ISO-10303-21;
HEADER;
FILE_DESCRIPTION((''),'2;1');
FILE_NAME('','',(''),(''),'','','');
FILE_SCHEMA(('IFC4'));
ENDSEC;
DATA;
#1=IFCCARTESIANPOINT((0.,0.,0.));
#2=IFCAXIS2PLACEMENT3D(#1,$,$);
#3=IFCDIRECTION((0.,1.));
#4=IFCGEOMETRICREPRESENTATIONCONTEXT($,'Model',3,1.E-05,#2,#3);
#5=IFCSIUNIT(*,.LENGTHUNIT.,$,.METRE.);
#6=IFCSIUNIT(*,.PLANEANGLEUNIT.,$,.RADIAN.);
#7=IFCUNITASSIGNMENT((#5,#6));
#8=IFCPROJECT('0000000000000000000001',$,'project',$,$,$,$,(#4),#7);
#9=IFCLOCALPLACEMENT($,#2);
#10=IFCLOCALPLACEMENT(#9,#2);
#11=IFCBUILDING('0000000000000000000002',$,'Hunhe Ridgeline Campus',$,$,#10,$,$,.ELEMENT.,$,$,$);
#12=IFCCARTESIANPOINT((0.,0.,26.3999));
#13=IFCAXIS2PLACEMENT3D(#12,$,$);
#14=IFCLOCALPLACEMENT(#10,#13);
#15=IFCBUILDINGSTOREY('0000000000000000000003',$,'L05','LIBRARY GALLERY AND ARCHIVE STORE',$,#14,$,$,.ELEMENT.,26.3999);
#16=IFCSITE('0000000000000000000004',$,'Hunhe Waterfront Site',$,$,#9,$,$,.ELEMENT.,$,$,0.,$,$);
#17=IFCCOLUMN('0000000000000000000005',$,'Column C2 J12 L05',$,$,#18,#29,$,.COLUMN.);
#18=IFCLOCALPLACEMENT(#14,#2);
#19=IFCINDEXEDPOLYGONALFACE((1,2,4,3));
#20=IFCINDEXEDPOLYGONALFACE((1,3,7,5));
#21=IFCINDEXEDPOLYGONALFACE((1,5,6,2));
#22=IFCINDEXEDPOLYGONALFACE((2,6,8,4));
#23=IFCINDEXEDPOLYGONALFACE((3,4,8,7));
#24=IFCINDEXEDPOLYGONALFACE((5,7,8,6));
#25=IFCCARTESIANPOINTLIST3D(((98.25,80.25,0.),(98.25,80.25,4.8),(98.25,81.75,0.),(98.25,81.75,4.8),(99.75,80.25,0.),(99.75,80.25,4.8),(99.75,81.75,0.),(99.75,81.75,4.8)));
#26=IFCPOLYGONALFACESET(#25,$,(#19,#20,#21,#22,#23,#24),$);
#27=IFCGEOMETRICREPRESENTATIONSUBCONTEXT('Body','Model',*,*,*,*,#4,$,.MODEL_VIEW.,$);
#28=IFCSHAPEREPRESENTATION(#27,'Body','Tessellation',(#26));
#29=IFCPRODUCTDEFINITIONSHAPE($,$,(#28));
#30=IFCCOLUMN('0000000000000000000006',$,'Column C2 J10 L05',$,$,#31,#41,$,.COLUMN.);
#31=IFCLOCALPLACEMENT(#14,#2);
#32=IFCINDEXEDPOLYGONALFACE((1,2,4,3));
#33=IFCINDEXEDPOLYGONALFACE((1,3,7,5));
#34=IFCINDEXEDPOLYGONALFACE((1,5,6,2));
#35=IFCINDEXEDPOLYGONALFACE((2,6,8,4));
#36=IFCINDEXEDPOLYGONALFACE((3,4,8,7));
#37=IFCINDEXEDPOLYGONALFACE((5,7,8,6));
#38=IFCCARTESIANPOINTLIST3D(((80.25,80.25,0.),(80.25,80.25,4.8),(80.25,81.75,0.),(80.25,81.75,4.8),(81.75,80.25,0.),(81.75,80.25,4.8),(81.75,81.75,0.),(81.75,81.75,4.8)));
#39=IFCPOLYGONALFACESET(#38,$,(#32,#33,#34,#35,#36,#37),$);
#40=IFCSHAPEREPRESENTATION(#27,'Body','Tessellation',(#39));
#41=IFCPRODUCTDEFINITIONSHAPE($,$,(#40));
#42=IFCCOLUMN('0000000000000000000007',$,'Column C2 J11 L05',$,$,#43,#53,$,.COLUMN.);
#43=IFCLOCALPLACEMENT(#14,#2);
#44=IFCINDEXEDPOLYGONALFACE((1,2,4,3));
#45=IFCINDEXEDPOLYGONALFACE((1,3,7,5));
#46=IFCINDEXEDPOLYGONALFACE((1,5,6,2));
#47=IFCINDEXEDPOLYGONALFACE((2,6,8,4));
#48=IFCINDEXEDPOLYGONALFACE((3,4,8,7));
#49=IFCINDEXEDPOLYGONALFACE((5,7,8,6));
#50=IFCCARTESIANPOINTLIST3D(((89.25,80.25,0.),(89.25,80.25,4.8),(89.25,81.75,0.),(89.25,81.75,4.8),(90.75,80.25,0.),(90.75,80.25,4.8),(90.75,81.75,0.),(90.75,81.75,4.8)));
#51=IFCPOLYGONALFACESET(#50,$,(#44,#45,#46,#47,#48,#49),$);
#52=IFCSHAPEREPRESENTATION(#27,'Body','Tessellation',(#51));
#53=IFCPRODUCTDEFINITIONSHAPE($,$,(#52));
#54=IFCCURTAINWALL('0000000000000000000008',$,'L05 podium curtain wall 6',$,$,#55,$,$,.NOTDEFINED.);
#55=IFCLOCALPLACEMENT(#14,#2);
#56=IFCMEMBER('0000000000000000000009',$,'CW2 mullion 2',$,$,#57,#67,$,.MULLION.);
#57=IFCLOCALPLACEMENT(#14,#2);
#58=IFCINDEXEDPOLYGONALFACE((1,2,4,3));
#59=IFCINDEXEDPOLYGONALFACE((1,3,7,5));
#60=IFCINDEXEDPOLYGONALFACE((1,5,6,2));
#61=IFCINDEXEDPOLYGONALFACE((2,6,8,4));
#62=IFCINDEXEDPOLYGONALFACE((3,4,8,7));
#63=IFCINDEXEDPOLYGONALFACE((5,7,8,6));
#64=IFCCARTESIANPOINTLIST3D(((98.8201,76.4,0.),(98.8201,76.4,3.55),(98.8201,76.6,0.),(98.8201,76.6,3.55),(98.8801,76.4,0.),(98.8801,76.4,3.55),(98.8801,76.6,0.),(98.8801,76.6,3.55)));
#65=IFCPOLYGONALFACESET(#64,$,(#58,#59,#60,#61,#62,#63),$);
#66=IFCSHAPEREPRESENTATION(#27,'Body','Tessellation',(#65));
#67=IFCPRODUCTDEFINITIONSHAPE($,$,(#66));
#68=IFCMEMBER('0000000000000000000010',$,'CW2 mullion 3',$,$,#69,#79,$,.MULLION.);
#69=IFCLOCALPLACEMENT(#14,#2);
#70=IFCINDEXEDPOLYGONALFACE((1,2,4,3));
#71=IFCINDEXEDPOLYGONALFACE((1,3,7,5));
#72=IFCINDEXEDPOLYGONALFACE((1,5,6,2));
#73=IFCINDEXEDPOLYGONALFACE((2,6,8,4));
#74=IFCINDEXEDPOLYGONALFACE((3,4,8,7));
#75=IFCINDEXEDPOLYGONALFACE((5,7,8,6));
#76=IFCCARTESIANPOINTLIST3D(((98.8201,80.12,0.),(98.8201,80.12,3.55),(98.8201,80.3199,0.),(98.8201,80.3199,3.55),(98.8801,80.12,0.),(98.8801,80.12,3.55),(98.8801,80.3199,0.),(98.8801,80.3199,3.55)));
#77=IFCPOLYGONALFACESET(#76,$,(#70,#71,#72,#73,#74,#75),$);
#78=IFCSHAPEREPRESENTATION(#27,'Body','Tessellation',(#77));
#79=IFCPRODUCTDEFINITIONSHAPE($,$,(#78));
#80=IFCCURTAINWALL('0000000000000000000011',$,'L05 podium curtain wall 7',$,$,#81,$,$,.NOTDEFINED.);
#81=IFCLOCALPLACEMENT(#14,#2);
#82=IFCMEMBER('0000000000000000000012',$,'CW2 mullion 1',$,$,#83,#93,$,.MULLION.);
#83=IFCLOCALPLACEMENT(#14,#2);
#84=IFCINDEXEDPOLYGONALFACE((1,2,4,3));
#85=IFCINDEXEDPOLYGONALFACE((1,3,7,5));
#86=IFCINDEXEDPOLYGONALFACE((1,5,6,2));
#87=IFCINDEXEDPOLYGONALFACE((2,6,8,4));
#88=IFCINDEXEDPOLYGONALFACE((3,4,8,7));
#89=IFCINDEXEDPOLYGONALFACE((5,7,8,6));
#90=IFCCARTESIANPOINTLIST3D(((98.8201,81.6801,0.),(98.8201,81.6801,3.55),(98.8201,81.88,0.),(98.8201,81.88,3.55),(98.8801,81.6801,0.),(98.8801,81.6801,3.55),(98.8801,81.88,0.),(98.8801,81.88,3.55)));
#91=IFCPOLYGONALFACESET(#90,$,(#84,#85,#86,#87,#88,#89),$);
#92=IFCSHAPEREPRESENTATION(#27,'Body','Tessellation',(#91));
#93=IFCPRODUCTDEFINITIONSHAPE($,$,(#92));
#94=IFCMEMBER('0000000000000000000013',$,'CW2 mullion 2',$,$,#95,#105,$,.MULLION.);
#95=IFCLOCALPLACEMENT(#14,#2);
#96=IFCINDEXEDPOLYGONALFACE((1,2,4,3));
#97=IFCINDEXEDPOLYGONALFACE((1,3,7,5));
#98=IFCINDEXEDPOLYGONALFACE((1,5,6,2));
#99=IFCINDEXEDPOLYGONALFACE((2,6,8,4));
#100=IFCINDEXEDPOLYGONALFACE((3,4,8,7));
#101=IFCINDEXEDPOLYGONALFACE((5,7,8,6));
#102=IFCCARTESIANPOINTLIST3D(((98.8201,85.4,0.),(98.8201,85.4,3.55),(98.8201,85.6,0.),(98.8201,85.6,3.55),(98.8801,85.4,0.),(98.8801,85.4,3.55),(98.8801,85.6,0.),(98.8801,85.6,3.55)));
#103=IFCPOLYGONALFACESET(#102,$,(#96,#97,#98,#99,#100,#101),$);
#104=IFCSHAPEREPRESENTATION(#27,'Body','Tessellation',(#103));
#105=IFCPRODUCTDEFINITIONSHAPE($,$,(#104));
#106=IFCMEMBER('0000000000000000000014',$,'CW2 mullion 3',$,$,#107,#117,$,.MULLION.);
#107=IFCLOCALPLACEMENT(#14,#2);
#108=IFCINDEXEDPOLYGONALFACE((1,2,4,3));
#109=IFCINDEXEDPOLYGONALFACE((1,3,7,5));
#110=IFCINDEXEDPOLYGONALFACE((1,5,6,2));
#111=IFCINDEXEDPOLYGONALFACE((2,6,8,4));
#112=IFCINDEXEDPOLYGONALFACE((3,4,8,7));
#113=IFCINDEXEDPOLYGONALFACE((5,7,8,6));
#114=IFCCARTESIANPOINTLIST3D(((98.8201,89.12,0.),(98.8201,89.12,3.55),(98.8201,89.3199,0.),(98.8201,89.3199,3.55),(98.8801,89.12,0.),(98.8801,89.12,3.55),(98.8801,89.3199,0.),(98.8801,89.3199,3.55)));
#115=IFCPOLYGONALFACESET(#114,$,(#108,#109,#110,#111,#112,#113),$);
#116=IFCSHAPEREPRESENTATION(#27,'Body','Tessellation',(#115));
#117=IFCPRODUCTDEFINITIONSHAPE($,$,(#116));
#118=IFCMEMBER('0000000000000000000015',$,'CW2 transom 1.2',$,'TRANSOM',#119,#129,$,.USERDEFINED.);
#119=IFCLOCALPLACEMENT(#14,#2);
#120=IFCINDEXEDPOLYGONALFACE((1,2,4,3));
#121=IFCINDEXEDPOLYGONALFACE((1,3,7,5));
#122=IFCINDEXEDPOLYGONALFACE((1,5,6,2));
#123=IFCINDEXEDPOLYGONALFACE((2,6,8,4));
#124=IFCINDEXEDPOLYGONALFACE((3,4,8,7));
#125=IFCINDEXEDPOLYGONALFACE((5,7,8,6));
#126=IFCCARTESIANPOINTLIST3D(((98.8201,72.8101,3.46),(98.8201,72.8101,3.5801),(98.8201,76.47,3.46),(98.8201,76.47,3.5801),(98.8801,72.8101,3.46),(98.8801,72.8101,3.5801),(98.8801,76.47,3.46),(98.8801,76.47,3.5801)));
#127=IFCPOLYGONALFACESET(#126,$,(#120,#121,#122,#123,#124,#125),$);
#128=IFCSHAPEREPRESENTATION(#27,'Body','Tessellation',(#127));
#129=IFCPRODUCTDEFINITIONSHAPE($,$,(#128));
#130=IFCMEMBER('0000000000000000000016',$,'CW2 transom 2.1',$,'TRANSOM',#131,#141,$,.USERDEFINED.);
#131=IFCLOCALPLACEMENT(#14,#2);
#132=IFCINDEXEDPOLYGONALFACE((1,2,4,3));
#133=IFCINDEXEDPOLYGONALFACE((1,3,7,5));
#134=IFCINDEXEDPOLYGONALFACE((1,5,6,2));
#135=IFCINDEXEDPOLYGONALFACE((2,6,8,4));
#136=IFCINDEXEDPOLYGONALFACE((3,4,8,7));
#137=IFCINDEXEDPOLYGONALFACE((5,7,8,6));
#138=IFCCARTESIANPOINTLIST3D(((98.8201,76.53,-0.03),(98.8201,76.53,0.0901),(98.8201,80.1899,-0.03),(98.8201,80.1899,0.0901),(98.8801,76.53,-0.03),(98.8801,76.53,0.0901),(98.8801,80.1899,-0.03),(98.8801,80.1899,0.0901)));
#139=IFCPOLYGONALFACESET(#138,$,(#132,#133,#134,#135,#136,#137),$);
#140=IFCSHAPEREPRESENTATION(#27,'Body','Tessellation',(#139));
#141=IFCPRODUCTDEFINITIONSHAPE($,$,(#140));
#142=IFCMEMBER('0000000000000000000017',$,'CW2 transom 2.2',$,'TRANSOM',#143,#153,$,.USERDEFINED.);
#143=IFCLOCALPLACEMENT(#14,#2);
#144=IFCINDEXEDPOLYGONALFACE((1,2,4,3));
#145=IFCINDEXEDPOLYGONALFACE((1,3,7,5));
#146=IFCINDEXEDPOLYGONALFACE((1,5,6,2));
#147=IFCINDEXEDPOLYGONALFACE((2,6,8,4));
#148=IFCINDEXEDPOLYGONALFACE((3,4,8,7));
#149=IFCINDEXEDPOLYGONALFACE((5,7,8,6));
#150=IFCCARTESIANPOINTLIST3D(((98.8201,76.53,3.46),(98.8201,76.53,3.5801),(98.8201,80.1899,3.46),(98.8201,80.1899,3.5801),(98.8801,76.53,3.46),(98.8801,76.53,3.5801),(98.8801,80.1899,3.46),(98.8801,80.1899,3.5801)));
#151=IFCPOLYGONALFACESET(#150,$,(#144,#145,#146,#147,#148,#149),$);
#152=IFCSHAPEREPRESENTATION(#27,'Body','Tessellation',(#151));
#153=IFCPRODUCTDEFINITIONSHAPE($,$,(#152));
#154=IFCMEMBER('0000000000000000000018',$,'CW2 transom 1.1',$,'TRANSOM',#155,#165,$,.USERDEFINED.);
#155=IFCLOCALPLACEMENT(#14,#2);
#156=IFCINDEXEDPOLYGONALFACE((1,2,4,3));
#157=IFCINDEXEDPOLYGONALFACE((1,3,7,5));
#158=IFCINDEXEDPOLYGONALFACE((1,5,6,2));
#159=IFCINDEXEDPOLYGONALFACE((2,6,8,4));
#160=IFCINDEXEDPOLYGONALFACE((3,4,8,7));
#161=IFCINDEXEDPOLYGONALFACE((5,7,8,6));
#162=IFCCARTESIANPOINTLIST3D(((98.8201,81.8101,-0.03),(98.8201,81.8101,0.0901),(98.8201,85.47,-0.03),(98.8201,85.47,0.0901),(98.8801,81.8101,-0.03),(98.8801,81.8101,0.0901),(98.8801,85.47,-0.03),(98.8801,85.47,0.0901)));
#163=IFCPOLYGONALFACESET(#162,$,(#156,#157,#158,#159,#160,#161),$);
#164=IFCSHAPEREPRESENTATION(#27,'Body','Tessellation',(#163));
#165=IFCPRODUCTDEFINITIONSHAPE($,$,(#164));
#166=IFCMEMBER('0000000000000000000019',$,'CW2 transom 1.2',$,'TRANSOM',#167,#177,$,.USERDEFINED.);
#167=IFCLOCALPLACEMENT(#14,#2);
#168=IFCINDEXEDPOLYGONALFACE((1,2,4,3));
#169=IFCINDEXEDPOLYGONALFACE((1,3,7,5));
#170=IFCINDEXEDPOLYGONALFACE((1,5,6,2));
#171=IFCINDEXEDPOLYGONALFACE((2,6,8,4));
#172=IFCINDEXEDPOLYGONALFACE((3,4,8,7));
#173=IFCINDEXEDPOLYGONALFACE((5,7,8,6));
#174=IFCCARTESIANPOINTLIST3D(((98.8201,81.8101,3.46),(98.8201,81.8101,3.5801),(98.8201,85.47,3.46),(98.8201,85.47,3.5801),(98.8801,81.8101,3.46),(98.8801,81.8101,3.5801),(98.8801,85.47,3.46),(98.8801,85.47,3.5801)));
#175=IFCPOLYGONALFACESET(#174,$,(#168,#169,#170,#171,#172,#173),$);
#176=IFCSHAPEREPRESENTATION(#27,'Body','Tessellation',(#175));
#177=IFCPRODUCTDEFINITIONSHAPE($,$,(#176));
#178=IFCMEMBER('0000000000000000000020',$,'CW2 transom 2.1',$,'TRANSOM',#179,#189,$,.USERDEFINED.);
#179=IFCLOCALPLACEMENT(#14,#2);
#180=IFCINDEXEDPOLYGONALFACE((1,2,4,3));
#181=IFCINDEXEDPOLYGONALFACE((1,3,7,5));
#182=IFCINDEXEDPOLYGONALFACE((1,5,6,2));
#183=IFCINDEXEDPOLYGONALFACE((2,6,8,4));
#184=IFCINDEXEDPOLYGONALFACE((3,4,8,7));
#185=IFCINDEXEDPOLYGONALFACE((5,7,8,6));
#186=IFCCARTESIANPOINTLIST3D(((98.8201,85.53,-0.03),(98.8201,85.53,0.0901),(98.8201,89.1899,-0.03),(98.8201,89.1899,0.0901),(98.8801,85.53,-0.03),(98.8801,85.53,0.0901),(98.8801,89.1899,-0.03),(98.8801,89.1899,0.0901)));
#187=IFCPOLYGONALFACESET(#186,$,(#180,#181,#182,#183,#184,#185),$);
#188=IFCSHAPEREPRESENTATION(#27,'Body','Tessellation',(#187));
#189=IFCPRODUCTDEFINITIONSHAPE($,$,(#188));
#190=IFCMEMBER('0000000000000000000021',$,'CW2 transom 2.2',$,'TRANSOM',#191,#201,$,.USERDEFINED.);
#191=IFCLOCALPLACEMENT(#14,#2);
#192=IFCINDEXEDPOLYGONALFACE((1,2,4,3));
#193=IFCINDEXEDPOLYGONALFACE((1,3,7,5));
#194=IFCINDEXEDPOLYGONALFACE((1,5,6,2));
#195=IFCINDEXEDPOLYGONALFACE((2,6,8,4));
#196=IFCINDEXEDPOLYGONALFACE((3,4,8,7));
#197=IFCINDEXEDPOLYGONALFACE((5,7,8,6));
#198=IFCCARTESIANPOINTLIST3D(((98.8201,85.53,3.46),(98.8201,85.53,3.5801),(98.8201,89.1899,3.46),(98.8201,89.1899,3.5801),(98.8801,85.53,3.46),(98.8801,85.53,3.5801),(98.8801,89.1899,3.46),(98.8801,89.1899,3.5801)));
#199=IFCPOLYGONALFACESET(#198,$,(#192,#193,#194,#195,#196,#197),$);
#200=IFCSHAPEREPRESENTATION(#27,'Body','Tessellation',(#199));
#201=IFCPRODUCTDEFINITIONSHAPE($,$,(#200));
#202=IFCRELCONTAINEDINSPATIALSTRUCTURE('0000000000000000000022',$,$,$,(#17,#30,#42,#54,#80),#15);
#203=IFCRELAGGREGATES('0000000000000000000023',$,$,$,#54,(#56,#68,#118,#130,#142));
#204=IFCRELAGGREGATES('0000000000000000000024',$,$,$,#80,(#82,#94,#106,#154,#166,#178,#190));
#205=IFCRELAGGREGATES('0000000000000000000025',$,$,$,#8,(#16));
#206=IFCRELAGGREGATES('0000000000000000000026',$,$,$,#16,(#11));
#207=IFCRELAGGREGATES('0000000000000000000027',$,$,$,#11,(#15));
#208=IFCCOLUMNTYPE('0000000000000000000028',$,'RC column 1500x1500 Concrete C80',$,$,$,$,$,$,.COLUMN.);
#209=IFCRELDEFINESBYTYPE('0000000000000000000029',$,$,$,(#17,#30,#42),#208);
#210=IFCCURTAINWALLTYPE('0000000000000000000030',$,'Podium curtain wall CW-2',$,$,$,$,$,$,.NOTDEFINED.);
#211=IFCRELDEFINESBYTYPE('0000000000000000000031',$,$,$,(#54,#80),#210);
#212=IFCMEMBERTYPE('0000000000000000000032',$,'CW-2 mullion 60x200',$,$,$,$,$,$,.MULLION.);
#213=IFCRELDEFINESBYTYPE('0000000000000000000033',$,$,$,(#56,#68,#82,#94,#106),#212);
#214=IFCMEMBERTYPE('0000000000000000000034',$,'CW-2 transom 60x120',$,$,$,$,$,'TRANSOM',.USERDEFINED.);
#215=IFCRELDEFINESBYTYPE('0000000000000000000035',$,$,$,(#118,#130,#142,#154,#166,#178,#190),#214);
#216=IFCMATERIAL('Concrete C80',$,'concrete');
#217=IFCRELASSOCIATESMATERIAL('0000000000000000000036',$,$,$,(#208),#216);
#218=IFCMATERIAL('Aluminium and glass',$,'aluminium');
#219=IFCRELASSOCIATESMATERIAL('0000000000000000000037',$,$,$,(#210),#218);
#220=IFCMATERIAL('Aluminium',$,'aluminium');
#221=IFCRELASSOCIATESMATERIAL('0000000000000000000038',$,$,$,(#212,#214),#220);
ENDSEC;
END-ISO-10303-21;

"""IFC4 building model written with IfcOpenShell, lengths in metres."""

from ifc_helpers import new_model, si_unit, direction, frame, origin, origin_2d, place, context, subcontext, project, spatial, rectangle, extrude, material, material_profile, profile_set, type_object, element, aggregate, save


model = new_model("IFC4")

# Units and contexts
model_context = context("Model", 3, precision=1e-05, world=origin(), true_north=direction((0.0, 1.0)))
body_context = subcontext(model_context, "Body", "Model", "MODEL_VIEW")
ifc_project = project(units=[si_unit("LENGTHUNIT", "METRE"), si_unit("PLANEANGLEUNIT", "RADIAN")], contexts=[model_context])

# Site, building, storey
site_placement = place(None, origin())
site = spatial("IfcSite", under=ifc_project, at=site_placement, Name="Hunhe Waterfront Site", CompositionType="ELEMENT", RefElevation=0.0)
building_placement = place(site_placement, origin())
building = spatial("IfcBuilding", under=site, at=building_placement, Name="Hunhe Ridgeline Campus", CompositionType="ELEMENT")
storey_placement = place(building_placement, frame((0.0, 0.0, 26.3999)))
storey = spatial("IfcBuildingStorey", under=building, at=storey_placement, Name="L05", Description="LIBRARY GALLERY AND ARCHIVE STORE", CompositionType="ELEMENT", Elevation=26.3999)

# Columns
ifc_material_1 = material(Name="Concrete C80", Category="concrete")
ifc_material_profile_1 = material_profile(ifc_material_1, rectangle(XDim=1.5, YDim=1.5, at=origin_2d()))
ifc_profile_set_1 = profile_set([ifc_material_profile_1], Name="Concrete C80")
column_type = type_object("IfcColumnType", Name="RC column 1500x1500 Concrete C80", PredefinedType="COLUMN", material=ifc_profile_set_1)
for number, where, z_axis, x_axis, name in (
    (1, (99.0, 81.0, 0.0), (0.0, 0.0, 1.0), (1.0, 0.0, 0.0), "Column C2 J12 L05"),
    (2, (81.0, 81.0, 0.0), (0.0, 0.0, 1.0), (1.0, 0.0, 0.0), "Column C2 J10 L05"),
    (3, (90.0, 81.0, 0.0), (0.0, 0.0, 1.0), (1.0, 0.0, 0.0), "Column C2 J11 L05"),
):
    element("IfcColumn", number, at=place(storey_placement, frame(where, z_axis=z_axis, x_axis=x_axis)), inside=storey, type_object=column_type, Name=name, PredefinedType="COLUMN", context=body_context, shape_type="SweptSolid", body=[
        extrude(rectangle(XDim=1.5, YDim=1.5, at=origin_2d()), origin(), (0.0, 0.0, 1.0), 4.8),
    ])

# Curtain walls, members
ifc_material_2 = material(Name="Aluminium and glass", Category="aluminium")
curtain_wall_type = type_object("IfcCurtainWallType", Name="Podium curtain wall CW-2", PredefinedType="NOTDEFINED", material=ifc_material_2)
curtain_wall_1_placement = place(storey_placement, origin())
curtain_wall_1 = element("IfcCurtainWall", 4, at=curtain_wall_1_placement, inside=storey, type_object=curtain_wall_type, Name="L05 podium curtain wall 6", PredefinedType="NOTDEFINED")
ifc_material_3 = material(Name="Aluminium", Category="aluminium")
ifc_material_profile_2 = material_profile(ifc_material_3, rectangle(XDim=0.0601, YDim=0.2, at=origin_2d()))
ifc_profile_set_2 = profile_set([ifc_material_profile_2], Name="Aluminium")
member_type_1 = type_object("IfcMemberType", Name="CW-2 mullion 60x200", PredefinedType="MULLION", material=ifc_profile_set_2)
member_1_placement = place(storey_placement, frame((98.8501, 76.5, 0.0), z_axis=(0.0, 0.0, 1.0), x_axis=(-1.0, 0.0, 0.0)))
member_1 = element("IfcMember", 5, at=member_1_placement, type_object=member_type_1, Name="CW2 mullion 2", PredefinedType="MULLION", context=body_context, shape_type="SweptSolid", body=[
    extrude(rectangle(XDim=0.0601, YDim=0.2, at=origin_2d()), origin(), (0.0, 0.0, 1.0), 3.55),
])
member_2_placement = place(storey_placement, frame((98.8501, 80.22, 0.0), z_axis=(0.0, 0.0, 1.0), x_axis=(-1.0, 0.0, 0.0)))
member_2 = element("IfcMember", 6, at=member_2_placement, type_object=member_type_1, Name="CW2 mullion 3", PredefinedType="MULLION", context=body_context, shape_type="SweptSolid", body=[
    extrude(rectangle(XDim=0.0601, YDim=0.2, at=origin_2d()), origin(), (0.0, 0.0, 1.0), 3.55),
])
curtain_wall_2_placement = place(storey_placement, origin())
curtain_wall_2 = element("IfcCurtainWall", 7, at=curtain_wall_2_placement, inside=storey, type_object=curtain_wall_type, Name="L05 podium curtain wall 7", PredefinedType="NOTDEFINED")
member_3_placement = place(storey_placement, frame((98.8501, 81.78, 0.0), z_axis=(0.0, 0.0, 1.0), x_axis=(-1.0, 0.0, 0.0)))
member_3 = element("IfcMember", 8, at=member_3_placement, type_object=member_type_1, Name="CW2 mullion 1", PredefinedType="MULLION", context=body_context, shape_type="SweptSolid", body=[
    extrude(rectangle(XDim=0.0601, YDim=0.2, at=origin_2d()), origin(), (0.0, 0.0, 1.0), 3.55),
])
member_4_placement = place(storey_placement, frame((98.8501, 85.5, 0.0), z_axis=(0.0, 0.0, 1.0), x_axis=(-1.0, 0.0, 0.0)))
member_4 = element("IfcMember", 9, at=member_4_placement, type_object=member_type_1, Name="CW2 mullion 2", PredefinedType="MULLION", context=body_context, shape_type="SweptSolid", body=[
    extrude(rectangle(XDim=0.0601, YDim=0.2, at=origin_2d()), origin(), (0.0, 0.0, 1.0), 3.55),
])
member_5_placement = place(storey_placement, frame((98.8501, 89.22, 0.0), z_axis=(0.0, 0.0, 1.0), x_axis=(-1.0, 0.0, 0.0)))
member_5 = element("IfcMember", 10, at=member_5_placement, type_object=member_type_1, Name="CW2 mullion 3", PredefinedType="MULLION", context=body_context, shape_type="SweptSolid", body=[
    extrude(rectangle(XDim=0.0601, YDim=0.2, at=origin_2d()), origin(), (0.0, 0.0, 1.0), 3.55),
])

# Members
ifc_material_profile_3 = material_profile(ifc_material_3, rectangle(XDim=0.0601, YDim=0.1201, at=origin_2d()))
ifc_profile_set_3 = profile_set([ifc_material_profile_3], Name="Aluminium")
member_type_2 = type_object("IfcMemberType", Name="CW-2 transom 60x120", ElementType="TRANSOM", PredefinedType="USERDEFINED", material=ifc_profile_set_3)
member_6_placement = place(storey_placement, frame((98.8501, 72.8101, 3.52), z_axis=(0.0, 1.0, 0.0), x_axis=(-1.0, 0.0, 0.0)))
member_6 = element("IfcMember", 11, at=member_6_placement, type_object=member_type_2, Name="CW2 transom 1.2", ObjectType="TRANSOM", PredefinedType="USERDEFINED", context=body_context, shape_type="SweptSolid", body=[
    extrude(rectangle(XDim=0.0601, YDim=0.1201, at=origin_2d()), origin(), (0.0, 0.0, 1.0), 3.6599),
])
member_7_placement = place(storey_placement, frame((98.8501, 76.53, 0.03), z_axis=(0.0, 1.0, 0.0), x_axis=(-1.0, 0.0, 0.0)))
member_7 = element("IfcMember", 12, at=member_7_placement, type_object=member_type_2, Name="CW2 transom 2.1", ObjectType="TRANSOM", PredefinedType="USERDEFINED", context=body_context, shape_type="SweptSolid", body=[
    extrude(rectangle(XDim=0.0601, YDim=0.1201, at=origin_2d()), origin(), (0.0, 0.0, 1.0), 3.6599),
])
member_8_placement = place(storey_placement, frame((98.8501, 76.53, 3.52), z_axis=(0.0, 1.0, 0.0), x_axis=(-1.0, 0.0, 0.0)))
member_8 = element("IfcMember", 13, at=member_8_placement, type_object=member_type_2, Name="CW2 transom 2.2", ObjectType="TRANSOM", PredefinedType="USERDEFINED", context=body_context, shape_type="SweptSolid", body=[
    extrude(rectangle(XDim=0.0601, YDim=0.1201, at=origin_2d()), origin(), (0.0, 0.0, 1.0), 3.6599),
])
member_9_placement = place(storey_placement, frame((98.8501, 81.8101, 0.03), z_axis=(0.0, 1.0, 0.0), x_axis=(-1.0, 0.0, 0.0)))
member_9 = element("IfcMember", 14, at=member_9_placement, type_object=member_type_2, Name="CW2 transom 1.1", ObjectType="TRANSOM", PredefinedType="USERDEFINED", context=body_context, shape_type="SweptSolid", body=[
    extrude(rectangle(XDim=0.0601, YDim=0.1201, at=origin_2d()), origin(), (0.0, 0.0, 1.0), 3.6599),
])
member_10_placement = place(storey_placement, frame((98.8501, 81.8101, 3.52), z_axis=(0.0, 1.0, 0.0), x_axis=(-1.0, 0.0, 0.0)))
member_10 = element("IfcMember", 15, at=member_10_placement, type_object=member_type_2, Name="CW2 transom 1.2", ObjectType="TRANSOM", PredefinedType="USERDEFINED", context=body_context, shape_type="SweptSolid", body=[
    extrude(rectangle(XDim=0.0601, YDim=0.1201, at=origin_2d()), origin(), (0.0, 0.0, 1.0), 3.6599),
])
member_11_placement = place(storey_placement, frame((98.8501, 85.53, 0.03), z_axis=(0.0, 1.0, 0.0), x_axis=(-1.0, 0.0, 0.0)))
member_11 = element("IfcMember", 16, at=member_11_placement, type_object=member_type_2, Name="CW2 transom 2.1", ObjectType="TRANSOM", PredefinedType="USERDEFINED", context=body_context, shape_type="SweptSolid", body=[
    extrude(rectangle(XDim=0.0601, YDim=0.1201, at=origin_2d()), origin(), (0.0, 0.0, 1.0), 3.6599),
])
member_12_placement = place(storey_placement, frame((98.8501, 85.53, 3.52), z_axis=(0.0, 1.0, 0.0), x_axis=(-1.0, 0.0, 0.0)))
member_12 = element("IfcMember", 17, at=member_12_placement, type_object=member_type_2, Name="CW2 transom 2.2", ObjectType="TRANSOM", PredefinedType="USERDEFINED", context=body_context, shape_type="SweptSolid", body=[
    extrude(rectangle(XDim=0.0601, YDim=0.1201, at=origin_2d()), origin(), (0.0, 0.0, 1.0), 3.6599),
])

aggregate(curtain_wall_1, [member_1, member_2, member_6, member_7, member_8])
aggregate(curtain_wall_2, [member_3, member_4, member_5, member_9, member_10, member_11, member_12])

save(model, "model.ifc")
